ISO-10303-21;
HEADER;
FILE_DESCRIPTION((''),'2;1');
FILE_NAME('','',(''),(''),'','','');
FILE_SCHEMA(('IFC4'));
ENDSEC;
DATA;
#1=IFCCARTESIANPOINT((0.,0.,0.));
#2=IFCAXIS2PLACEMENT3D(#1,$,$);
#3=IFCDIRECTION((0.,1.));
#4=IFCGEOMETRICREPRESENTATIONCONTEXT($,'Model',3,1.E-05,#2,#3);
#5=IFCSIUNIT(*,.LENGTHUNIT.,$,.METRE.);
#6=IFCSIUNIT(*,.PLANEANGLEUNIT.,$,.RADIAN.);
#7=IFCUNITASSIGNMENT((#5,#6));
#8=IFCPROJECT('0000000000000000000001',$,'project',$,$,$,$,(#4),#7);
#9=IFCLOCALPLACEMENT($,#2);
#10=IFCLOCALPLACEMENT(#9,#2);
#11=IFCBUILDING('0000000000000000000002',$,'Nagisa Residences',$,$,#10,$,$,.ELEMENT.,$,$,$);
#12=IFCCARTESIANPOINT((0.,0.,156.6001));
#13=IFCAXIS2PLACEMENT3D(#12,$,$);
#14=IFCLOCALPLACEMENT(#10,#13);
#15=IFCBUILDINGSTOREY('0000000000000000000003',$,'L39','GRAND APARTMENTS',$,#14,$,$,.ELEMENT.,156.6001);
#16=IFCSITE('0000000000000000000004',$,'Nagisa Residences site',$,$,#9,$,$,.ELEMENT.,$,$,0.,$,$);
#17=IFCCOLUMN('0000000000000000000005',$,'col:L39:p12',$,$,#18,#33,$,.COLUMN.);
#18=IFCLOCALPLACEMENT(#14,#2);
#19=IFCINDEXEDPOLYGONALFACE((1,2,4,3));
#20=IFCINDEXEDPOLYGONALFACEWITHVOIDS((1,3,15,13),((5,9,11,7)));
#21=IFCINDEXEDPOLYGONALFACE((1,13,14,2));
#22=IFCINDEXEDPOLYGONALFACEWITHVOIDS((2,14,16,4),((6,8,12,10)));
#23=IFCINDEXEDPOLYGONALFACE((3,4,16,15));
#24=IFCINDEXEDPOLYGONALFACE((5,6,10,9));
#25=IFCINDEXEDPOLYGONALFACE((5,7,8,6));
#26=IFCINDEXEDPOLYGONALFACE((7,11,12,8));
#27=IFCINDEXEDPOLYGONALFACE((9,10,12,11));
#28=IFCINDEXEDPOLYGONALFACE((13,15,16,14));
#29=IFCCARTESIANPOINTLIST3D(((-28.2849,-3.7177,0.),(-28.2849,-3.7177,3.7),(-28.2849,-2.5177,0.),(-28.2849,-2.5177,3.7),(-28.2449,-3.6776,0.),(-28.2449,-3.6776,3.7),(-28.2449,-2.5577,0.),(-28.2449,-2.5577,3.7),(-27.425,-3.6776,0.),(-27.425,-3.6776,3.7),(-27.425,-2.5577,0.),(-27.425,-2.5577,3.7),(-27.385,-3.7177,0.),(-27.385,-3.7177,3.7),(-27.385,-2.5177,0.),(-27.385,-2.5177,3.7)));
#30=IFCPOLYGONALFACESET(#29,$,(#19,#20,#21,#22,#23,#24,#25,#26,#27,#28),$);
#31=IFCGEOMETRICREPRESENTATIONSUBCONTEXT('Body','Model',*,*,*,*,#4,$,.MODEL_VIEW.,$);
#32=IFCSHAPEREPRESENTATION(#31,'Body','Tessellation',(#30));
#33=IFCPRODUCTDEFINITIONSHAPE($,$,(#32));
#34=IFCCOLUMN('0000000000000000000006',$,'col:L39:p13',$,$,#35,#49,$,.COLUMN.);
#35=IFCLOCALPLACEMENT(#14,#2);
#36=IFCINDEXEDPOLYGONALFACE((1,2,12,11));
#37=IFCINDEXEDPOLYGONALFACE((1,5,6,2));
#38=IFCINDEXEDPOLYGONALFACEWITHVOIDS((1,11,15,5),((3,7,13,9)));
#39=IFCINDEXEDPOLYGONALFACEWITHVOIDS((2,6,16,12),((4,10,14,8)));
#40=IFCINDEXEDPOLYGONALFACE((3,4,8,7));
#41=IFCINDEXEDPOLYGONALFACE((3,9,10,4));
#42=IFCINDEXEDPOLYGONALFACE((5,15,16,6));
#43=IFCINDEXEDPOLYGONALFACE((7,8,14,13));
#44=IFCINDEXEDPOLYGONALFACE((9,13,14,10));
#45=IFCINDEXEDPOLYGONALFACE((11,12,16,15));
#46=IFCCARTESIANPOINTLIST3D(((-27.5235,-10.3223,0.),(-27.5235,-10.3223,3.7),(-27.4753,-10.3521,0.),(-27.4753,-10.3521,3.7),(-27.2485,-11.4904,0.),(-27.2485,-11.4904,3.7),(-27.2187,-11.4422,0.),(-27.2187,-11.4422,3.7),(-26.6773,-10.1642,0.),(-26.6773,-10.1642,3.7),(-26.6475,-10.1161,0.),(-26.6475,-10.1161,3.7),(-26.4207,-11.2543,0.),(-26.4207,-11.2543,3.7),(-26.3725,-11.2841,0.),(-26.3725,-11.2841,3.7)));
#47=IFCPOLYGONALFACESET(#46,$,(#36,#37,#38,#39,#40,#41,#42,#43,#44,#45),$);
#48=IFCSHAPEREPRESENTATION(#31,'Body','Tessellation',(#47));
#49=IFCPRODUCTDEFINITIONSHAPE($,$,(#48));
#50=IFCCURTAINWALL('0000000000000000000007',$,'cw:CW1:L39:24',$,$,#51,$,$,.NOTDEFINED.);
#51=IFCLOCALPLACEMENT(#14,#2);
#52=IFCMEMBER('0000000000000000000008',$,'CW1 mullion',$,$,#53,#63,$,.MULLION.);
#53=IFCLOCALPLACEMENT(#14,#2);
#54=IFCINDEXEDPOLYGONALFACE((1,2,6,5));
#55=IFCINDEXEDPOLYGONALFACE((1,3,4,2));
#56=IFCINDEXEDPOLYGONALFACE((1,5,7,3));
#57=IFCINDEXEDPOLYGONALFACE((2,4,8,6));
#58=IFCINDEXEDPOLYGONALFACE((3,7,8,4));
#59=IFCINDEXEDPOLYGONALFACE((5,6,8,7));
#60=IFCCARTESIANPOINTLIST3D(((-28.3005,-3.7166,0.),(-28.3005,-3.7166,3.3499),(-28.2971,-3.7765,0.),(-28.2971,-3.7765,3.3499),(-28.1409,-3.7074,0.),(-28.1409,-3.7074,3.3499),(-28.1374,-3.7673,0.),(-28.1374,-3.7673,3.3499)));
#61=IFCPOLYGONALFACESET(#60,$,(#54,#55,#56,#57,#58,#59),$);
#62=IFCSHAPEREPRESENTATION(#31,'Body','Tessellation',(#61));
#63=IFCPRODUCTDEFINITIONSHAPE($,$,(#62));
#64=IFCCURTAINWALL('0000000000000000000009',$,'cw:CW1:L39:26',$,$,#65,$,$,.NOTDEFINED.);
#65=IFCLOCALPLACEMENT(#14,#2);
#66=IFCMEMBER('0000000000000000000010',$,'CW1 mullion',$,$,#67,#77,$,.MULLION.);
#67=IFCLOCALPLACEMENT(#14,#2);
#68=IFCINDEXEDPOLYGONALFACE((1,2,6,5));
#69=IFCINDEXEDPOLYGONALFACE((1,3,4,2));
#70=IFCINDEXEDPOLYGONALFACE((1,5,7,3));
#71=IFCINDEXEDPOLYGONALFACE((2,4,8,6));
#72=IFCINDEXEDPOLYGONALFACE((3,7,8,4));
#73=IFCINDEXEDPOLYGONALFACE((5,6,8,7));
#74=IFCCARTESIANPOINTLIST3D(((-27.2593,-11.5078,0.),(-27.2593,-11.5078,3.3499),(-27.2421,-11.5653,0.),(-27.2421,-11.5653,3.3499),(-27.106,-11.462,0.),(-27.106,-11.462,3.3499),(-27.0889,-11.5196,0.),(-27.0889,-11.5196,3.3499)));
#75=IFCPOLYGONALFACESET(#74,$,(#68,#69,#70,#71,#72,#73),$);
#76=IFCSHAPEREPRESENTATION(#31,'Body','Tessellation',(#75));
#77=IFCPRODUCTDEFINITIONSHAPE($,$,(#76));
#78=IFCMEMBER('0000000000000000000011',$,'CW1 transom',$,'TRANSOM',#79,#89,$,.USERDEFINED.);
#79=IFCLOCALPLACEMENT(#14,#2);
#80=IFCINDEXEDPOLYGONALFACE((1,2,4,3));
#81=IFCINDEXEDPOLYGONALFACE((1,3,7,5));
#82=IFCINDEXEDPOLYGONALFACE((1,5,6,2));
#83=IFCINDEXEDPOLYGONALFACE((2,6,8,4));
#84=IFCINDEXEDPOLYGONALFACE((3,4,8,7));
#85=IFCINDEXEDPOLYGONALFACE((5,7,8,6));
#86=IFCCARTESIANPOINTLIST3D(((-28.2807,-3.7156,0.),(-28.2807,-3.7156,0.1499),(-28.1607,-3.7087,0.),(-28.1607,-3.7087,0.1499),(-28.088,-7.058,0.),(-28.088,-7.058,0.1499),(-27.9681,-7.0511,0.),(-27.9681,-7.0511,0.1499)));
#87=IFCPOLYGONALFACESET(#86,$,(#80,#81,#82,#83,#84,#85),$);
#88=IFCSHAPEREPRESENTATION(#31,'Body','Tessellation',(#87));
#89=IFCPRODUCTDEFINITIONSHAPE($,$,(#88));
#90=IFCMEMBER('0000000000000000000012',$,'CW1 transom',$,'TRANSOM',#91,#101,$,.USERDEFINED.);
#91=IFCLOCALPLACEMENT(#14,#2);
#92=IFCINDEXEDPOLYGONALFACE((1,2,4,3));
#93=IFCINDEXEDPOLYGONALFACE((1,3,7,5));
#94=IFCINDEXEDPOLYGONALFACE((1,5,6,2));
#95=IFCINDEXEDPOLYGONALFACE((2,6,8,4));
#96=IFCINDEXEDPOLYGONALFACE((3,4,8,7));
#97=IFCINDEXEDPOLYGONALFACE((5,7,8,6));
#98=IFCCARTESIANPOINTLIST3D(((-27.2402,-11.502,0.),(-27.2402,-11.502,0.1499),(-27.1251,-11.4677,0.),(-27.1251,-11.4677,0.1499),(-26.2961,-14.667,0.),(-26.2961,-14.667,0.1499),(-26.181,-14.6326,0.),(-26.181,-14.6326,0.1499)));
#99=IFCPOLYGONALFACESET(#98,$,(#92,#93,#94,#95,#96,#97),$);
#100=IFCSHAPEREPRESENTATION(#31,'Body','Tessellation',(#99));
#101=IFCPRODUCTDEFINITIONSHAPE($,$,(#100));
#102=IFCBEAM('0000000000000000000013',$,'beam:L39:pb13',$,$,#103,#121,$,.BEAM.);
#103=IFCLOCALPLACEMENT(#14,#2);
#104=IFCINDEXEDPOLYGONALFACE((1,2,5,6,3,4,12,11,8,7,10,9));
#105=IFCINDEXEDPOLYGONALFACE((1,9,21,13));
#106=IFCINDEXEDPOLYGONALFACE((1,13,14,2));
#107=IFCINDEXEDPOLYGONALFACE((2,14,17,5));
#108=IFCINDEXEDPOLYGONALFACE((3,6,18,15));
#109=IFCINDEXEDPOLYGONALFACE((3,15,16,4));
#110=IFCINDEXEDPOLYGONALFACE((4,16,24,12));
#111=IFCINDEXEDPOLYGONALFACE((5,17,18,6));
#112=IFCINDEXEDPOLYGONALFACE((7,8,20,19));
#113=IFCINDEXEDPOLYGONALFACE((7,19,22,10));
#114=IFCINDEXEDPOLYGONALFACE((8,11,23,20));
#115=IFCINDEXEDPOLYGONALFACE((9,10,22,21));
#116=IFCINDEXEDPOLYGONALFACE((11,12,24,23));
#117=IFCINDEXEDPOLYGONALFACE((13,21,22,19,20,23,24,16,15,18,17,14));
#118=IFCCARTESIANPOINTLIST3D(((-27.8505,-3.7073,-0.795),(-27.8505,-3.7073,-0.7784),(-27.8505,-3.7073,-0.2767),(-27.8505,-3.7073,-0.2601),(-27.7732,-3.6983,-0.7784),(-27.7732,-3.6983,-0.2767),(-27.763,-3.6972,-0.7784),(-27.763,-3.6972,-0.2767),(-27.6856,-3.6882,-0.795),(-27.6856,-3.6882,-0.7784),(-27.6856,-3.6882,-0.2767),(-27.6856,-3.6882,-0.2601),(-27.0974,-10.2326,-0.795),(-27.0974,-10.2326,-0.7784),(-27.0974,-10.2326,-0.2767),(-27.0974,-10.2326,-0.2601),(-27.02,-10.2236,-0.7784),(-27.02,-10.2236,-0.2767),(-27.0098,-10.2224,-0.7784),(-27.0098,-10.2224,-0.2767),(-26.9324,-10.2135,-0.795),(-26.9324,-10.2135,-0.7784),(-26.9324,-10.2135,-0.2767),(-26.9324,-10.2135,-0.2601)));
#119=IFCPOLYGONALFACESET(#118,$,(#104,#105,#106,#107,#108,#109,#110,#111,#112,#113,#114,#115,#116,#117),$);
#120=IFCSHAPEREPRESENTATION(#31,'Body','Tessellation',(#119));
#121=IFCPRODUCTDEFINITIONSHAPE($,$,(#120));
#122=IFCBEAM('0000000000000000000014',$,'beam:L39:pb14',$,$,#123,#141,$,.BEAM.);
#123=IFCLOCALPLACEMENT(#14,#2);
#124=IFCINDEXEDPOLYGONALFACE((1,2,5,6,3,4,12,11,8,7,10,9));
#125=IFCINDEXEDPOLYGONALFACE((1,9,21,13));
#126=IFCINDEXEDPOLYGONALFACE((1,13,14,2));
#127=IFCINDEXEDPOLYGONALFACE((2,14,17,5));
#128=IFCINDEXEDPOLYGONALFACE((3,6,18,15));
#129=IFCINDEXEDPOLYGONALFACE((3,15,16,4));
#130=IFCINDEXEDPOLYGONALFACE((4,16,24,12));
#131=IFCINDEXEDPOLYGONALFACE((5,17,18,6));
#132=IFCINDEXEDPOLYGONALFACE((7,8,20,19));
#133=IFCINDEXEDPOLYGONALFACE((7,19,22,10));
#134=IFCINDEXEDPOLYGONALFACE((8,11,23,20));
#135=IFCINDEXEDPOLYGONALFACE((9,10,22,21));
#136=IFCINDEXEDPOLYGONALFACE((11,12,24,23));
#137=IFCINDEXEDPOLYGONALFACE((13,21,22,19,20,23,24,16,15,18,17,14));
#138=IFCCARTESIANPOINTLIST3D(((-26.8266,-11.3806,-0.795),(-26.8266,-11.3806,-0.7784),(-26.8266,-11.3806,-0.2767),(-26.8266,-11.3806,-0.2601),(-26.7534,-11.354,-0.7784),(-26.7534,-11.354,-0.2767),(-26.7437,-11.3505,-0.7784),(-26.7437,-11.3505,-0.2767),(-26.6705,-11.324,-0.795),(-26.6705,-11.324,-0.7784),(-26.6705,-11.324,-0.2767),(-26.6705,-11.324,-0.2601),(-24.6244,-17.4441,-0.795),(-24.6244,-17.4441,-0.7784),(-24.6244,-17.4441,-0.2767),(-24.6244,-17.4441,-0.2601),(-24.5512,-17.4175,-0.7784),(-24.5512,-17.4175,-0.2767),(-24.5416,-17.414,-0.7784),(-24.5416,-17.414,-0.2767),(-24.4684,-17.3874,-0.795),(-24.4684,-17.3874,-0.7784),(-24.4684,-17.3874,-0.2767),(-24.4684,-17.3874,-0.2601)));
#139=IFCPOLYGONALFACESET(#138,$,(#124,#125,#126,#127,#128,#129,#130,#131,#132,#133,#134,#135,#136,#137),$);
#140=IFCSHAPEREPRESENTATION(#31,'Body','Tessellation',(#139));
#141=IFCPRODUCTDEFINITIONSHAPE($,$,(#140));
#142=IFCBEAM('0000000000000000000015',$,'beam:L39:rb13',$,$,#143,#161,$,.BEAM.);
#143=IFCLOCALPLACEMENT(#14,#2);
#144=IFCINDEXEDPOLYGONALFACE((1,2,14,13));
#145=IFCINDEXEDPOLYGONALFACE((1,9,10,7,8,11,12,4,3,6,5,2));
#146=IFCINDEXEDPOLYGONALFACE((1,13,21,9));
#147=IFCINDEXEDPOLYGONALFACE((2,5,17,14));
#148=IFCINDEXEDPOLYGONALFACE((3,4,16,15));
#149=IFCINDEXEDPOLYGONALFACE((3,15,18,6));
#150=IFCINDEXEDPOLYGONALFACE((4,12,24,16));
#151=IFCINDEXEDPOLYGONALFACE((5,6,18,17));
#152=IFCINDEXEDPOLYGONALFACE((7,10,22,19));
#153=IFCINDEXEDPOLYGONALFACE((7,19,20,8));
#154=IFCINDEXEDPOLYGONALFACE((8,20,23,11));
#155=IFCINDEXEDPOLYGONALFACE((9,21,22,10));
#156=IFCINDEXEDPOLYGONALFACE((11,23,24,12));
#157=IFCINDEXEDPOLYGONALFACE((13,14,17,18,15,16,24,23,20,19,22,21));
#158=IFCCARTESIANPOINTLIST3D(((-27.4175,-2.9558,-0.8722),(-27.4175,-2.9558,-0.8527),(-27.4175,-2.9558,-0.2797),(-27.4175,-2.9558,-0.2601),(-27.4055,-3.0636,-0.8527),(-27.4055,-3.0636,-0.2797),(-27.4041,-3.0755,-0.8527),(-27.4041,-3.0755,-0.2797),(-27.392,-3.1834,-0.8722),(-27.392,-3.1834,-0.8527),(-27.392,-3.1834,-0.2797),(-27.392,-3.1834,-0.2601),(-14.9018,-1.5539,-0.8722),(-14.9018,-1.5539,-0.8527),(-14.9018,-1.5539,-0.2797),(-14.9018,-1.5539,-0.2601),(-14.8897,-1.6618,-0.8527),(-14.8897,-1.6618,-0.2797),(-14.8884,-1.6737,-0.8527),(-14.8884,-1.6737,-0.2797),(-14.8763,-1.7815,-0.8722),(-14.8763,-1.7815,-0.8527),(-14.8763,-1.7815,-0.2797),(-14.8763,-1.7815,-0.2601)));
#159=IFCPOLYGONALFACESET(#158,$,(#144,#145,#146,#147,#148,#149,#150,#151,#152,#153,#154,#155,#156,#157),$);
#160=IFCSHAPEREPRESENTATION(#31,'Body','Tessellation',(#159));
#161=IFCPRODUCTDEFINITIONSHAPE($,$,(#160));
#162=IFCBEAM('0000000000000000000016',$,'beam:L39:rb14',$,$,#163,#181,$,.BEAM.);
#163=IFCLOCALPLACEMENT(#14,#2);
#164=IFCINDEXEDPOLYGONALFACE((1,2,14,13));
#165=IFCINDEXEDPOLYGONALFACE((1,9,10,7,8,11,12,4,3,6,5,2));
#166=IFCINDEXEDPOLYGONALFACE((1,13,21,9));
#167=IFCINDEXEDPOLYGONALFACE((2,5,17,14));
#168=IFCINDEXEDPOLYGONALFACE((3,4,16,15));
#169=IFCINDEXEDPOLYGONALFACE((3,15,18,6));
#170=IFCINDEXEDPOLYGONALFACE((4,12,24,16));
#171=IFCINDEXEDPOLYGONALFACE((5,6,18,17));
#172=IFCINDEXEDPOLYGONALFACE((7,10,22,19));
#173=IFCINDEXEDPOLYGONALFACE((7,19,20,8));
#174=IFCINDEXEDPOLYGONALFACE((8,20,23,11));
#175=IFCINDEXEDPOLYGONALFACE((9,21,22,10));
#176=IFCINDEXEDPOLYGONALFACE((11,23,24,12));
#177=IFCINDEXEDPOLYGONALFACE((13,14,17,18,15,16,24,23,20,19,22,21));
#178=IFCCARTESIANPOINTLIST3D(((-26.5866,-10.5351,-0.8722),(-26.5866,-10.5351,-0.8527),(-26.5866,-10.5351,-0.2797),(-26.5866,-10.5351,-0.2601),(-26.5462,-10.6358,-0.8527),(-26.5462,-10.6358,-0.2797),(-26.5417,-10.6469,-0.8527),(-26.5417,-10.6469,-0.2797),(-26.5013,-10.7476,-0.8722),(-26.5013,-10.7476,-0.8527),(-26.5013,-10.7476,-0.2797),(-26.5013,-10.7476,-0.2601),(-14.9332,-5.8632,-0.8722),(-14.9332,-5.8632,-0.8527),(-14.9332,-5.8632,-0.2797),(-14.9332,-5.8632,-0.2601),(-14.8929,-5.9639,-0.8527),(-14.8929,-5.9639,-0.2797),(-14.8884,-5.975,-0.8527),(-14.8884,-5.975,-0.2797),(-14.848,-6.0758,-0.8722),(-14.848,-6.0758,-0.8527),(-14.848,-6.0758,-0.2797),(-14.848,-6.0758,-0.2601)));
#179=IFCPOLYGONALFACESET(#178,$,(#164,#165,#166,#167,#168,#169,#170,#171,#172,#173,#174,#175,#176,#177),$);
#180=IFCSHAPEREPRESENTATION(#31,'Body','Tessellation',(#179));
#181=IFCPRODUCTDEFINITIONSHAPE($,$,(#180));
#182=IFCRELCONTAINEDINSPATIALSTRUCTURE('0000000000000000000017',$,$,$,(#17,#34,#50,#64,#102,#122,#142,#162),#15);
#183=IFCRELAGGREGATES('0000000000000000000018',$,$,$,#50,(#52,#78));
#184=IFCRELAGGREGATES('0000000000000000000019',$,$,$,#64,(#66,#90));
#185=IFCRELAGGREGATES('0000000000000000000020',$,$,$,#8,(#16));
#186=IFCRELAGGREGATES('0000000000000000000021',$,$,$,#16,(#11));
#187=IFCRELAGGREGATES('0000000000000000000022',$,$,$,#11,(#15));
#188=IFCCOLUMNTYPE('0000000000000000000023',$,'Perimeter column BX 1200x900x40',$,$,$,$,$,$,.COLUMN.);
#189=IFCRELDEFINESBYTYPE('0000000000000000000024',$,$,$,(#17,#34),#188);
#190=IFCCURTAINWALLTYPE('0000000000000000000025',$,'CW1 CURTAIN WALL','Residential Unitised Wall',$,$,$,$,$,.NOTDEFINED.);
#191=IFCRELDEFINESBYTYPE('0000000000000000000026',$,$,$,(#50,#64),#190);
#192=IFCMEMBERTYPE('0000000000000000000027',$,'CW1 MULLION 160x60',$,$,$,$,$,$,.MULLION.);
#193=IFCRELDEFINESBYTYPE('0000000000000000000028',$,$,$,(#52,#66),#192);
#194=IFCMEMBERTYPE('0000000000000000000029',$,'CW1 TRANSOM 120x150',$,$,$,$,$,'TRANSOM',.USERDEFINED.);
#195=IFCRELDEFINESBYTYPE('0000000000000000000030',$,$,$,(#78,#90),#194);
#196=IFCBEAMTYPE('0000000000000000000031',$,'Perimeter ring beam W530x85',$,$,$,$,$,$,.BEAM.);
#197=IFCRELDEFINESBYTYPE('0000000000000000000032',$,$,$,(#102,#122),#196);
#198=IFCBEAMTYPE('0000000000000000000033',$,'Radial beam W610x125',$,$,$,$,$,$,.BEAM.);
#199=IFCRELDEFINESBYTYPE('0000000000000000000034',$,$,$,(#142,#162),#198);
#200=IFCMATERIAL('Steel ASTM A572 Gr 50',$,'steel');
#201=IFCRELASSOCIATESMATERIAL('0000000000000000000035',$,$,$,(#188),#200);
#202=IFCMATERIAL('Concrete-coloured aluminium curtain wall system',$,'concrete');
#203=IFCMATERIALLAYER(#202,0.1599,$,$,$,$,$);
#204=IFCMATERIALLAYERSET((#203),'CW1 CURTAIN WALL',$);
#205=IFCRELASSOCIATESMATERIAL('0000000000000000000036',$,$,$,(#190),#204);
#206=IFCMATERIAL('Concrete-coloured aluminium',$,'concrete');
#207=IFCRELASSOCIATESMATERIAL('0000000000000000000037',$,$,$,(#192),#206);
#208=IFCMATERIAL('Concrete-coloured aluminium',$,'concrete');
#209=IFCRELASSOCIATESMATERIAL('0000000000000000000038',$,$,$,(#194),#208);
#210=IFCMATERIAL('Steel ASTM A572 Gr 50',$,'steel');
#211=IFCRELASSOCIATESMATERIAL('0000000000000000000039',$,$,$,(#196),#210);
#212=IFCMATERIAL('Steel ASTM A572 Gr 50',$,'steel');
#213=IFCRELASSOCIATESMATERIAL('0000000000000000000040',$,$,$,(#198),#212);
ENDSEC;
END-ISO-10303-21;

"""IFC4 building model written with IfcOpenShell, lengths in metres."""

from ifc_helpers import new_model, si_unit, direction, frame, origin, origin_2d, place, context, subcontext, project, spatial, rectangle, hollow_rectangle, i_section, extrude, material, layer, layer_set, material_profile, profile_set, type_object, element, aggregate, save


model = new_model("IFC4")

# Units and contexts
model_context = context("Model", 3, precision=1e-05, world=origin(), true_north=direction((0.0, 1.0)))
body_context = subcontext(model_context, "Body", "Model", "MODEL_VIEW")
ifc_project = project(units=[si_unit("LENGTHUNIT", "METRE"), si_unit("PLANEANGLEUNIT", "RADIAN")], contexts=[model_context])

# Site, building, storey
site_placement = place(None, origin())
site = spatial("IfcSite", under=ifc_project, at=site_placement, Name="Nagisa Residences site", CompositionType="ELEMENT", RefElevation=0.0)
building_placement = place(site_placement, origin())
building = spatial("IfcBuilding", under=site, at=building_placement, Name="Nagisa Residences", CompositionType="ELEMENT")
storey_placement = place(building_placement, frame((0.0, 0.0, 156.6001)))
storey = spatial("IfcBuildingStorey", under=building, at=storey_placement, Name="L39", Description="GRAND APARTMENTS", CompositionType="ELEMENT", Elevation=156.6001)

# Columns
ifc_material_1 = material(Name="Steel ASTM A572 Gr 50", Category="steel")
ifc_material_profile_1 = material_profile(ifc_material_1, hollow_rectangle(XDim=1.2, YDim=0.8999, WallThickness=0.04, at=origin_2d()), Name="BX 1200x900x40")
ifc_profile_set_1 = profile_set([ifc_material_profile_1], Name="Steel ASTM A572 Gr 50")
column_type = type_object("IfcColumnType", Name="Perimeter column BX 1200x900x40", PredefinedType="COLUMN", material=ifc_profile_set_1)
for number, where, z_axis, x_axis, name in (
    (1, (-27.835, -3.1177, 0.0), (0.0, 0.0, 1.0), (0.0, -1.0, 0.0), "col:L39:p12"),
    (2, (-26.948, -10.8032, 0.0), (0.0, 0.0, 1.0), (0.229202, -0.973379, 0.0), "col:L39:p13"),
):
    element("IfcColumn", number, at=place(storey_placement, frame(where, z_axis=z_axis, x_axis=x_axis)), inside=storey, type_object=column_type, Name=name, PredefinedType="COLUMN", context=body_context, shape_type="SweptSolid", body=[
        extrude(hollow_rectangle(XDim=1.2, YDim=0.8999, WallThickness=0.04, at=origin_2d()), origin(), (0.0, 0.0, 1.0), 3.7),
    ])

# Curtain walls, members
ifc_material_2 = material(Name="Concrete-coloured aluminium curtain wall system", Category="concrete")
ifc_layer_1 = layer(ifc_material_2, 0.1599)
ifc_layer_set_1 = layer_set([ifc_layer_1], Name="CW1 CURTAIN WALL")
curtain_wall_type = type_object("IfcCurtainWallType", Name="CW1 CURTAIN WALL", Description="Residential Unitised Wall", PredefinedType="NOTDEFINED", material=ifc_layer_set_1)
curtain_wall_1_placement = place(storey_placement, origin())
curtain_wall_1 = element("IfcCurtainWall", 3, at=curtain_wall_1_placement, inside=storey, type_object=curtain_wall_type, Name="cw:CW1:L39:24", PredefinedType="NOTDEFINED")
ifc_material_3 = material(Name="Concrete-coloured aluminium", Category="concrete")
ifc_material_profile_2 = material_profile(ifc_material_3, rectangle(XDim=0.1599, YDim=0.0601, at=origin_2d()), Name="CW1 MULLION 160x60")
ifc_profile_set_2 = profile_set([ifc_material_profile_2], Name="Concrete-coloured aluminium")
member_type_1 = type_object("IfcMemberType", Name="CW1 MULLION 160x60", PredefinedType="MULLION", material=ifc_profile_set_2)
member_1_placement = place(storey_placement, frame((-28.219, -3.7419, 0.0), z_axis=(0.0, 0.0, 1.0), x_axis=(0.998345, 0.057503, 0.0)))
member_1 = element("IfcMember", 4, at=member_1_placement, type_object=member_type_1, Name="CW1 mullion", PredefinedType="MULLION", context=body_context, shape_type="SweptSolid", body=[
    extrude(rectangle(XDim=0.1599, YDim=0.0601, at=origin_2d()), origin(), (0.0, 0.0, 1.0), 3.3499),
])
curtain_wall_2_placement = place(storey_placement, origin())
curtain_wall_2 = element("IfcCurtainWall", 5, at=curtain_wall_2_placement, inside=storey, type_object=curtain_wall_type, Name="cw:CW1:L39:26", PredefinedType="NOTDEFINED")
member_2_placement = place(storey_placement, frame((-27.1741, -11.5137, 0.0), z_axis=(0.0, 0.0, 1.0), x_axis=(0.958271, 0.28586, 0.0)))
member_2 = element("IfcMember", 6, at=member_2_placement, type_object=member_type_1, Name="CW1 mullion", PredefinedType="MULLION", context=body_context, shape_type="SweptSolid", body=[
    extrude(rectangle(XDim=0.1599, YDim=0.0601, at=origin_2d()), origin(), (0.0, 0.0, 1.0), 3.3499),
])

# Members
ifc_material_4 = material(Name="Concrete-coloured aluminium", Category="concrete")
ifc_material_profile_3 = material_profile(ifc_material_4, rectangle(XDim=0.1201, YDim=0.1499, at=origin_2d()), Name="CW1 TRANSOM 120x150")
ifc_profile_set_3 = profile_set([ifc_material_profile_3], Name="Concrete-coloured aluminium")
member_type_2 = type_object("IfcMemberType", Name="CW1 TRANSOM 120x150", ElementType="TRANSOM", PredefinedType="USERDEFINED", material=ifc_profile_set_3)
member_3_placement = place(storey_placement, frame((-28.2207, -3.7122, 0.075), z_axis=(0.057538, -0.998343, 0.0), x_axis=(0.998343, 0.057538, 0.0)))
member_3 = element("IfcMember", 7, at=member_3_placement, type_object=member_type_2, Name="CW1 transom", ObjectType="TRANSOM", PredefinedType="USERDEFINED", context=body_context, shape_type="SweptSolid", body=[
    extrude(rectangle(XDim=0.1201, YDim=0.1499, at=origin_2d()), origin(), (0.0, 0.0, 1.0), 3.3479),
])
member_4_placement = place(storey_placement, frame((-27.1826, -11.4849, 0.075), z_axis=(0.285842, -0.958277, 0.0), x_axis=(0.958277, 0.285842, 0.0)))
member_4 = element("IfcMember", 8, at=member_4_placement, type_object=member_type_2, Name="CW1 transom", ObjectType="TRANSOM", PredefinedType="USERDEFINED", context=body_context, shape_type="SweptSolid", body=[
    extrude(rectangle(XDim=0.1201, YDim=0.1499, at=origin_2d()), origin(), (0.0, 0.0, 1.0), 3.3027),
])

# Beams
ifc_material_5 = material(Name="Steel ASTM A572 Gr 50", Category="steel")
ifc_material_profile_4 = material_profile(ifc_material_5, i_section(OverallWidth=0.166, OverallDepth=0.5349, WebThickness=0.0103, FlangeThickness=0.0166, at=origin_2d()), Name="W530x85")
ifc_profile_set_4 = profile_set([ifc_material_profile_4], Name="Steel ASTM A572 Gr 50")
beam_type_1 = type_object("IfcBeamType", Name="Perimeter ring beam W530x85", PredefinedType="BEAM", material=ifc_profile_set_4)
beam_1_placement = place(storey_placement, frame((-27.7681, -3.6978, -0.5276), z_axis=(0.114661, -0.993405, 0.0), x_axis=(0.993405, 0.114661, 0.0)))
element("IfcBeam", 9, at=beam_1_placement, inside=storey, type_object=beam_type_1, Name="beam:L39:pb13", PredefinedType="BEAM", context=body_context, shape_type="SweptSolid", body=[
    extrude(i_section(OverallWidth=0.166, OverallDepth=0.5349, WebThickness=0.0103, FlangeThickness=0.0166, at=origin_2d()), origin(), (0.0, 0.0, 1.0), 6.5686),
])
beam_2_placement = place(storey_placement, frame((-26.7485, -11.3523, -0.5276), z_axis=(0.341366, -0.93993, 0.0), x_axis=(0.93993, 0.341366, 0.0)))
element("IfcBeam", 10, at=beam_2_placement, inside=storey, type_object=beam_type_1, Name="beam:L39:pb14", PredefinedType="BEAM", context=body_context, shape_type="SweptSolid", body=[
    extrude(i_section(OverallWidth=0.166, OverallDepth=0.5349, WebThickness=0.0103, FlangeThickness=0.0166, at=origin_2d()), origin(), (0.0, 0.0, 1.0), 6.4509),
])
ifc_material_6 = material(Name="Steel ASTM A572 Gr 50", Category="steel")
ifc_material_profile_5 = material_profile(ifc_material_6, i_section(OverallWidth=0.229, OverallDepth=0.6121, WebThickness=0.012, FlangeThickness=0.0195, at=origin_2d()), Name="W610x125")
ifc_profile_set_5 = profile_set([ifc_material_profile_5], Name="Steel ASTM A572 Gr 50")
beam_type_2 = type_object("IfcBeamType", Name="Radial beam W610x125", PredefinedType="BEAM", material=ifc_profile_set_5)
beam_3_placement = place(storey_placement, frame((-27.4048, -3.0696, -0.5662), z_axis=(0.993785, 0.111312, 0.0), x_axis=(-0.111312, 0.993785, 0.0)))
element("IfcBeam", 11, at=beam_3_placement, inside=storey, type_object=beam_type_2, Name="beam:L39:rb13", PredefinedType="BEAM", context=body_context, shape_type="SweptSolid", body=[
    extrude(i_section(OverallWidth=0.229, OverallDepth=0.6121, WebThickness=0.012, FlangeThickness=0.0195, at=origin_2d()), origin(), (0.0, 0.0, 1.0), 12.594),
])
beam_4_placement = place(storey_placement, frame((-26.5439, -10.6414, -0.5662), z_axis=(0.928187, 0.372115, 0.0), x_axis=(-0.372115, 0.928187, 0.0)))
element("IfcBeam", 12, at=beam_4_placement, inside=storey, type_object=beam_type_2, Name="beam:L39:rb14", PredefinedType="BEAM", context=body_context, shape_type="SweptSolid", body=[
    extrude(i_section(OverallWidth=0.229, OverallDepth=0.6121, WebThickness=0.012, FlangeThickness=0.0195, at=origin_2d()), origin(), (0.0, 0.0, 1.0), 12.5549),
])

aggregate(curtain_wall_1, [member_1, member_3])
aggregate(curtain_wall_2, [member_2, member_4])

save(model, "model.ifc")
